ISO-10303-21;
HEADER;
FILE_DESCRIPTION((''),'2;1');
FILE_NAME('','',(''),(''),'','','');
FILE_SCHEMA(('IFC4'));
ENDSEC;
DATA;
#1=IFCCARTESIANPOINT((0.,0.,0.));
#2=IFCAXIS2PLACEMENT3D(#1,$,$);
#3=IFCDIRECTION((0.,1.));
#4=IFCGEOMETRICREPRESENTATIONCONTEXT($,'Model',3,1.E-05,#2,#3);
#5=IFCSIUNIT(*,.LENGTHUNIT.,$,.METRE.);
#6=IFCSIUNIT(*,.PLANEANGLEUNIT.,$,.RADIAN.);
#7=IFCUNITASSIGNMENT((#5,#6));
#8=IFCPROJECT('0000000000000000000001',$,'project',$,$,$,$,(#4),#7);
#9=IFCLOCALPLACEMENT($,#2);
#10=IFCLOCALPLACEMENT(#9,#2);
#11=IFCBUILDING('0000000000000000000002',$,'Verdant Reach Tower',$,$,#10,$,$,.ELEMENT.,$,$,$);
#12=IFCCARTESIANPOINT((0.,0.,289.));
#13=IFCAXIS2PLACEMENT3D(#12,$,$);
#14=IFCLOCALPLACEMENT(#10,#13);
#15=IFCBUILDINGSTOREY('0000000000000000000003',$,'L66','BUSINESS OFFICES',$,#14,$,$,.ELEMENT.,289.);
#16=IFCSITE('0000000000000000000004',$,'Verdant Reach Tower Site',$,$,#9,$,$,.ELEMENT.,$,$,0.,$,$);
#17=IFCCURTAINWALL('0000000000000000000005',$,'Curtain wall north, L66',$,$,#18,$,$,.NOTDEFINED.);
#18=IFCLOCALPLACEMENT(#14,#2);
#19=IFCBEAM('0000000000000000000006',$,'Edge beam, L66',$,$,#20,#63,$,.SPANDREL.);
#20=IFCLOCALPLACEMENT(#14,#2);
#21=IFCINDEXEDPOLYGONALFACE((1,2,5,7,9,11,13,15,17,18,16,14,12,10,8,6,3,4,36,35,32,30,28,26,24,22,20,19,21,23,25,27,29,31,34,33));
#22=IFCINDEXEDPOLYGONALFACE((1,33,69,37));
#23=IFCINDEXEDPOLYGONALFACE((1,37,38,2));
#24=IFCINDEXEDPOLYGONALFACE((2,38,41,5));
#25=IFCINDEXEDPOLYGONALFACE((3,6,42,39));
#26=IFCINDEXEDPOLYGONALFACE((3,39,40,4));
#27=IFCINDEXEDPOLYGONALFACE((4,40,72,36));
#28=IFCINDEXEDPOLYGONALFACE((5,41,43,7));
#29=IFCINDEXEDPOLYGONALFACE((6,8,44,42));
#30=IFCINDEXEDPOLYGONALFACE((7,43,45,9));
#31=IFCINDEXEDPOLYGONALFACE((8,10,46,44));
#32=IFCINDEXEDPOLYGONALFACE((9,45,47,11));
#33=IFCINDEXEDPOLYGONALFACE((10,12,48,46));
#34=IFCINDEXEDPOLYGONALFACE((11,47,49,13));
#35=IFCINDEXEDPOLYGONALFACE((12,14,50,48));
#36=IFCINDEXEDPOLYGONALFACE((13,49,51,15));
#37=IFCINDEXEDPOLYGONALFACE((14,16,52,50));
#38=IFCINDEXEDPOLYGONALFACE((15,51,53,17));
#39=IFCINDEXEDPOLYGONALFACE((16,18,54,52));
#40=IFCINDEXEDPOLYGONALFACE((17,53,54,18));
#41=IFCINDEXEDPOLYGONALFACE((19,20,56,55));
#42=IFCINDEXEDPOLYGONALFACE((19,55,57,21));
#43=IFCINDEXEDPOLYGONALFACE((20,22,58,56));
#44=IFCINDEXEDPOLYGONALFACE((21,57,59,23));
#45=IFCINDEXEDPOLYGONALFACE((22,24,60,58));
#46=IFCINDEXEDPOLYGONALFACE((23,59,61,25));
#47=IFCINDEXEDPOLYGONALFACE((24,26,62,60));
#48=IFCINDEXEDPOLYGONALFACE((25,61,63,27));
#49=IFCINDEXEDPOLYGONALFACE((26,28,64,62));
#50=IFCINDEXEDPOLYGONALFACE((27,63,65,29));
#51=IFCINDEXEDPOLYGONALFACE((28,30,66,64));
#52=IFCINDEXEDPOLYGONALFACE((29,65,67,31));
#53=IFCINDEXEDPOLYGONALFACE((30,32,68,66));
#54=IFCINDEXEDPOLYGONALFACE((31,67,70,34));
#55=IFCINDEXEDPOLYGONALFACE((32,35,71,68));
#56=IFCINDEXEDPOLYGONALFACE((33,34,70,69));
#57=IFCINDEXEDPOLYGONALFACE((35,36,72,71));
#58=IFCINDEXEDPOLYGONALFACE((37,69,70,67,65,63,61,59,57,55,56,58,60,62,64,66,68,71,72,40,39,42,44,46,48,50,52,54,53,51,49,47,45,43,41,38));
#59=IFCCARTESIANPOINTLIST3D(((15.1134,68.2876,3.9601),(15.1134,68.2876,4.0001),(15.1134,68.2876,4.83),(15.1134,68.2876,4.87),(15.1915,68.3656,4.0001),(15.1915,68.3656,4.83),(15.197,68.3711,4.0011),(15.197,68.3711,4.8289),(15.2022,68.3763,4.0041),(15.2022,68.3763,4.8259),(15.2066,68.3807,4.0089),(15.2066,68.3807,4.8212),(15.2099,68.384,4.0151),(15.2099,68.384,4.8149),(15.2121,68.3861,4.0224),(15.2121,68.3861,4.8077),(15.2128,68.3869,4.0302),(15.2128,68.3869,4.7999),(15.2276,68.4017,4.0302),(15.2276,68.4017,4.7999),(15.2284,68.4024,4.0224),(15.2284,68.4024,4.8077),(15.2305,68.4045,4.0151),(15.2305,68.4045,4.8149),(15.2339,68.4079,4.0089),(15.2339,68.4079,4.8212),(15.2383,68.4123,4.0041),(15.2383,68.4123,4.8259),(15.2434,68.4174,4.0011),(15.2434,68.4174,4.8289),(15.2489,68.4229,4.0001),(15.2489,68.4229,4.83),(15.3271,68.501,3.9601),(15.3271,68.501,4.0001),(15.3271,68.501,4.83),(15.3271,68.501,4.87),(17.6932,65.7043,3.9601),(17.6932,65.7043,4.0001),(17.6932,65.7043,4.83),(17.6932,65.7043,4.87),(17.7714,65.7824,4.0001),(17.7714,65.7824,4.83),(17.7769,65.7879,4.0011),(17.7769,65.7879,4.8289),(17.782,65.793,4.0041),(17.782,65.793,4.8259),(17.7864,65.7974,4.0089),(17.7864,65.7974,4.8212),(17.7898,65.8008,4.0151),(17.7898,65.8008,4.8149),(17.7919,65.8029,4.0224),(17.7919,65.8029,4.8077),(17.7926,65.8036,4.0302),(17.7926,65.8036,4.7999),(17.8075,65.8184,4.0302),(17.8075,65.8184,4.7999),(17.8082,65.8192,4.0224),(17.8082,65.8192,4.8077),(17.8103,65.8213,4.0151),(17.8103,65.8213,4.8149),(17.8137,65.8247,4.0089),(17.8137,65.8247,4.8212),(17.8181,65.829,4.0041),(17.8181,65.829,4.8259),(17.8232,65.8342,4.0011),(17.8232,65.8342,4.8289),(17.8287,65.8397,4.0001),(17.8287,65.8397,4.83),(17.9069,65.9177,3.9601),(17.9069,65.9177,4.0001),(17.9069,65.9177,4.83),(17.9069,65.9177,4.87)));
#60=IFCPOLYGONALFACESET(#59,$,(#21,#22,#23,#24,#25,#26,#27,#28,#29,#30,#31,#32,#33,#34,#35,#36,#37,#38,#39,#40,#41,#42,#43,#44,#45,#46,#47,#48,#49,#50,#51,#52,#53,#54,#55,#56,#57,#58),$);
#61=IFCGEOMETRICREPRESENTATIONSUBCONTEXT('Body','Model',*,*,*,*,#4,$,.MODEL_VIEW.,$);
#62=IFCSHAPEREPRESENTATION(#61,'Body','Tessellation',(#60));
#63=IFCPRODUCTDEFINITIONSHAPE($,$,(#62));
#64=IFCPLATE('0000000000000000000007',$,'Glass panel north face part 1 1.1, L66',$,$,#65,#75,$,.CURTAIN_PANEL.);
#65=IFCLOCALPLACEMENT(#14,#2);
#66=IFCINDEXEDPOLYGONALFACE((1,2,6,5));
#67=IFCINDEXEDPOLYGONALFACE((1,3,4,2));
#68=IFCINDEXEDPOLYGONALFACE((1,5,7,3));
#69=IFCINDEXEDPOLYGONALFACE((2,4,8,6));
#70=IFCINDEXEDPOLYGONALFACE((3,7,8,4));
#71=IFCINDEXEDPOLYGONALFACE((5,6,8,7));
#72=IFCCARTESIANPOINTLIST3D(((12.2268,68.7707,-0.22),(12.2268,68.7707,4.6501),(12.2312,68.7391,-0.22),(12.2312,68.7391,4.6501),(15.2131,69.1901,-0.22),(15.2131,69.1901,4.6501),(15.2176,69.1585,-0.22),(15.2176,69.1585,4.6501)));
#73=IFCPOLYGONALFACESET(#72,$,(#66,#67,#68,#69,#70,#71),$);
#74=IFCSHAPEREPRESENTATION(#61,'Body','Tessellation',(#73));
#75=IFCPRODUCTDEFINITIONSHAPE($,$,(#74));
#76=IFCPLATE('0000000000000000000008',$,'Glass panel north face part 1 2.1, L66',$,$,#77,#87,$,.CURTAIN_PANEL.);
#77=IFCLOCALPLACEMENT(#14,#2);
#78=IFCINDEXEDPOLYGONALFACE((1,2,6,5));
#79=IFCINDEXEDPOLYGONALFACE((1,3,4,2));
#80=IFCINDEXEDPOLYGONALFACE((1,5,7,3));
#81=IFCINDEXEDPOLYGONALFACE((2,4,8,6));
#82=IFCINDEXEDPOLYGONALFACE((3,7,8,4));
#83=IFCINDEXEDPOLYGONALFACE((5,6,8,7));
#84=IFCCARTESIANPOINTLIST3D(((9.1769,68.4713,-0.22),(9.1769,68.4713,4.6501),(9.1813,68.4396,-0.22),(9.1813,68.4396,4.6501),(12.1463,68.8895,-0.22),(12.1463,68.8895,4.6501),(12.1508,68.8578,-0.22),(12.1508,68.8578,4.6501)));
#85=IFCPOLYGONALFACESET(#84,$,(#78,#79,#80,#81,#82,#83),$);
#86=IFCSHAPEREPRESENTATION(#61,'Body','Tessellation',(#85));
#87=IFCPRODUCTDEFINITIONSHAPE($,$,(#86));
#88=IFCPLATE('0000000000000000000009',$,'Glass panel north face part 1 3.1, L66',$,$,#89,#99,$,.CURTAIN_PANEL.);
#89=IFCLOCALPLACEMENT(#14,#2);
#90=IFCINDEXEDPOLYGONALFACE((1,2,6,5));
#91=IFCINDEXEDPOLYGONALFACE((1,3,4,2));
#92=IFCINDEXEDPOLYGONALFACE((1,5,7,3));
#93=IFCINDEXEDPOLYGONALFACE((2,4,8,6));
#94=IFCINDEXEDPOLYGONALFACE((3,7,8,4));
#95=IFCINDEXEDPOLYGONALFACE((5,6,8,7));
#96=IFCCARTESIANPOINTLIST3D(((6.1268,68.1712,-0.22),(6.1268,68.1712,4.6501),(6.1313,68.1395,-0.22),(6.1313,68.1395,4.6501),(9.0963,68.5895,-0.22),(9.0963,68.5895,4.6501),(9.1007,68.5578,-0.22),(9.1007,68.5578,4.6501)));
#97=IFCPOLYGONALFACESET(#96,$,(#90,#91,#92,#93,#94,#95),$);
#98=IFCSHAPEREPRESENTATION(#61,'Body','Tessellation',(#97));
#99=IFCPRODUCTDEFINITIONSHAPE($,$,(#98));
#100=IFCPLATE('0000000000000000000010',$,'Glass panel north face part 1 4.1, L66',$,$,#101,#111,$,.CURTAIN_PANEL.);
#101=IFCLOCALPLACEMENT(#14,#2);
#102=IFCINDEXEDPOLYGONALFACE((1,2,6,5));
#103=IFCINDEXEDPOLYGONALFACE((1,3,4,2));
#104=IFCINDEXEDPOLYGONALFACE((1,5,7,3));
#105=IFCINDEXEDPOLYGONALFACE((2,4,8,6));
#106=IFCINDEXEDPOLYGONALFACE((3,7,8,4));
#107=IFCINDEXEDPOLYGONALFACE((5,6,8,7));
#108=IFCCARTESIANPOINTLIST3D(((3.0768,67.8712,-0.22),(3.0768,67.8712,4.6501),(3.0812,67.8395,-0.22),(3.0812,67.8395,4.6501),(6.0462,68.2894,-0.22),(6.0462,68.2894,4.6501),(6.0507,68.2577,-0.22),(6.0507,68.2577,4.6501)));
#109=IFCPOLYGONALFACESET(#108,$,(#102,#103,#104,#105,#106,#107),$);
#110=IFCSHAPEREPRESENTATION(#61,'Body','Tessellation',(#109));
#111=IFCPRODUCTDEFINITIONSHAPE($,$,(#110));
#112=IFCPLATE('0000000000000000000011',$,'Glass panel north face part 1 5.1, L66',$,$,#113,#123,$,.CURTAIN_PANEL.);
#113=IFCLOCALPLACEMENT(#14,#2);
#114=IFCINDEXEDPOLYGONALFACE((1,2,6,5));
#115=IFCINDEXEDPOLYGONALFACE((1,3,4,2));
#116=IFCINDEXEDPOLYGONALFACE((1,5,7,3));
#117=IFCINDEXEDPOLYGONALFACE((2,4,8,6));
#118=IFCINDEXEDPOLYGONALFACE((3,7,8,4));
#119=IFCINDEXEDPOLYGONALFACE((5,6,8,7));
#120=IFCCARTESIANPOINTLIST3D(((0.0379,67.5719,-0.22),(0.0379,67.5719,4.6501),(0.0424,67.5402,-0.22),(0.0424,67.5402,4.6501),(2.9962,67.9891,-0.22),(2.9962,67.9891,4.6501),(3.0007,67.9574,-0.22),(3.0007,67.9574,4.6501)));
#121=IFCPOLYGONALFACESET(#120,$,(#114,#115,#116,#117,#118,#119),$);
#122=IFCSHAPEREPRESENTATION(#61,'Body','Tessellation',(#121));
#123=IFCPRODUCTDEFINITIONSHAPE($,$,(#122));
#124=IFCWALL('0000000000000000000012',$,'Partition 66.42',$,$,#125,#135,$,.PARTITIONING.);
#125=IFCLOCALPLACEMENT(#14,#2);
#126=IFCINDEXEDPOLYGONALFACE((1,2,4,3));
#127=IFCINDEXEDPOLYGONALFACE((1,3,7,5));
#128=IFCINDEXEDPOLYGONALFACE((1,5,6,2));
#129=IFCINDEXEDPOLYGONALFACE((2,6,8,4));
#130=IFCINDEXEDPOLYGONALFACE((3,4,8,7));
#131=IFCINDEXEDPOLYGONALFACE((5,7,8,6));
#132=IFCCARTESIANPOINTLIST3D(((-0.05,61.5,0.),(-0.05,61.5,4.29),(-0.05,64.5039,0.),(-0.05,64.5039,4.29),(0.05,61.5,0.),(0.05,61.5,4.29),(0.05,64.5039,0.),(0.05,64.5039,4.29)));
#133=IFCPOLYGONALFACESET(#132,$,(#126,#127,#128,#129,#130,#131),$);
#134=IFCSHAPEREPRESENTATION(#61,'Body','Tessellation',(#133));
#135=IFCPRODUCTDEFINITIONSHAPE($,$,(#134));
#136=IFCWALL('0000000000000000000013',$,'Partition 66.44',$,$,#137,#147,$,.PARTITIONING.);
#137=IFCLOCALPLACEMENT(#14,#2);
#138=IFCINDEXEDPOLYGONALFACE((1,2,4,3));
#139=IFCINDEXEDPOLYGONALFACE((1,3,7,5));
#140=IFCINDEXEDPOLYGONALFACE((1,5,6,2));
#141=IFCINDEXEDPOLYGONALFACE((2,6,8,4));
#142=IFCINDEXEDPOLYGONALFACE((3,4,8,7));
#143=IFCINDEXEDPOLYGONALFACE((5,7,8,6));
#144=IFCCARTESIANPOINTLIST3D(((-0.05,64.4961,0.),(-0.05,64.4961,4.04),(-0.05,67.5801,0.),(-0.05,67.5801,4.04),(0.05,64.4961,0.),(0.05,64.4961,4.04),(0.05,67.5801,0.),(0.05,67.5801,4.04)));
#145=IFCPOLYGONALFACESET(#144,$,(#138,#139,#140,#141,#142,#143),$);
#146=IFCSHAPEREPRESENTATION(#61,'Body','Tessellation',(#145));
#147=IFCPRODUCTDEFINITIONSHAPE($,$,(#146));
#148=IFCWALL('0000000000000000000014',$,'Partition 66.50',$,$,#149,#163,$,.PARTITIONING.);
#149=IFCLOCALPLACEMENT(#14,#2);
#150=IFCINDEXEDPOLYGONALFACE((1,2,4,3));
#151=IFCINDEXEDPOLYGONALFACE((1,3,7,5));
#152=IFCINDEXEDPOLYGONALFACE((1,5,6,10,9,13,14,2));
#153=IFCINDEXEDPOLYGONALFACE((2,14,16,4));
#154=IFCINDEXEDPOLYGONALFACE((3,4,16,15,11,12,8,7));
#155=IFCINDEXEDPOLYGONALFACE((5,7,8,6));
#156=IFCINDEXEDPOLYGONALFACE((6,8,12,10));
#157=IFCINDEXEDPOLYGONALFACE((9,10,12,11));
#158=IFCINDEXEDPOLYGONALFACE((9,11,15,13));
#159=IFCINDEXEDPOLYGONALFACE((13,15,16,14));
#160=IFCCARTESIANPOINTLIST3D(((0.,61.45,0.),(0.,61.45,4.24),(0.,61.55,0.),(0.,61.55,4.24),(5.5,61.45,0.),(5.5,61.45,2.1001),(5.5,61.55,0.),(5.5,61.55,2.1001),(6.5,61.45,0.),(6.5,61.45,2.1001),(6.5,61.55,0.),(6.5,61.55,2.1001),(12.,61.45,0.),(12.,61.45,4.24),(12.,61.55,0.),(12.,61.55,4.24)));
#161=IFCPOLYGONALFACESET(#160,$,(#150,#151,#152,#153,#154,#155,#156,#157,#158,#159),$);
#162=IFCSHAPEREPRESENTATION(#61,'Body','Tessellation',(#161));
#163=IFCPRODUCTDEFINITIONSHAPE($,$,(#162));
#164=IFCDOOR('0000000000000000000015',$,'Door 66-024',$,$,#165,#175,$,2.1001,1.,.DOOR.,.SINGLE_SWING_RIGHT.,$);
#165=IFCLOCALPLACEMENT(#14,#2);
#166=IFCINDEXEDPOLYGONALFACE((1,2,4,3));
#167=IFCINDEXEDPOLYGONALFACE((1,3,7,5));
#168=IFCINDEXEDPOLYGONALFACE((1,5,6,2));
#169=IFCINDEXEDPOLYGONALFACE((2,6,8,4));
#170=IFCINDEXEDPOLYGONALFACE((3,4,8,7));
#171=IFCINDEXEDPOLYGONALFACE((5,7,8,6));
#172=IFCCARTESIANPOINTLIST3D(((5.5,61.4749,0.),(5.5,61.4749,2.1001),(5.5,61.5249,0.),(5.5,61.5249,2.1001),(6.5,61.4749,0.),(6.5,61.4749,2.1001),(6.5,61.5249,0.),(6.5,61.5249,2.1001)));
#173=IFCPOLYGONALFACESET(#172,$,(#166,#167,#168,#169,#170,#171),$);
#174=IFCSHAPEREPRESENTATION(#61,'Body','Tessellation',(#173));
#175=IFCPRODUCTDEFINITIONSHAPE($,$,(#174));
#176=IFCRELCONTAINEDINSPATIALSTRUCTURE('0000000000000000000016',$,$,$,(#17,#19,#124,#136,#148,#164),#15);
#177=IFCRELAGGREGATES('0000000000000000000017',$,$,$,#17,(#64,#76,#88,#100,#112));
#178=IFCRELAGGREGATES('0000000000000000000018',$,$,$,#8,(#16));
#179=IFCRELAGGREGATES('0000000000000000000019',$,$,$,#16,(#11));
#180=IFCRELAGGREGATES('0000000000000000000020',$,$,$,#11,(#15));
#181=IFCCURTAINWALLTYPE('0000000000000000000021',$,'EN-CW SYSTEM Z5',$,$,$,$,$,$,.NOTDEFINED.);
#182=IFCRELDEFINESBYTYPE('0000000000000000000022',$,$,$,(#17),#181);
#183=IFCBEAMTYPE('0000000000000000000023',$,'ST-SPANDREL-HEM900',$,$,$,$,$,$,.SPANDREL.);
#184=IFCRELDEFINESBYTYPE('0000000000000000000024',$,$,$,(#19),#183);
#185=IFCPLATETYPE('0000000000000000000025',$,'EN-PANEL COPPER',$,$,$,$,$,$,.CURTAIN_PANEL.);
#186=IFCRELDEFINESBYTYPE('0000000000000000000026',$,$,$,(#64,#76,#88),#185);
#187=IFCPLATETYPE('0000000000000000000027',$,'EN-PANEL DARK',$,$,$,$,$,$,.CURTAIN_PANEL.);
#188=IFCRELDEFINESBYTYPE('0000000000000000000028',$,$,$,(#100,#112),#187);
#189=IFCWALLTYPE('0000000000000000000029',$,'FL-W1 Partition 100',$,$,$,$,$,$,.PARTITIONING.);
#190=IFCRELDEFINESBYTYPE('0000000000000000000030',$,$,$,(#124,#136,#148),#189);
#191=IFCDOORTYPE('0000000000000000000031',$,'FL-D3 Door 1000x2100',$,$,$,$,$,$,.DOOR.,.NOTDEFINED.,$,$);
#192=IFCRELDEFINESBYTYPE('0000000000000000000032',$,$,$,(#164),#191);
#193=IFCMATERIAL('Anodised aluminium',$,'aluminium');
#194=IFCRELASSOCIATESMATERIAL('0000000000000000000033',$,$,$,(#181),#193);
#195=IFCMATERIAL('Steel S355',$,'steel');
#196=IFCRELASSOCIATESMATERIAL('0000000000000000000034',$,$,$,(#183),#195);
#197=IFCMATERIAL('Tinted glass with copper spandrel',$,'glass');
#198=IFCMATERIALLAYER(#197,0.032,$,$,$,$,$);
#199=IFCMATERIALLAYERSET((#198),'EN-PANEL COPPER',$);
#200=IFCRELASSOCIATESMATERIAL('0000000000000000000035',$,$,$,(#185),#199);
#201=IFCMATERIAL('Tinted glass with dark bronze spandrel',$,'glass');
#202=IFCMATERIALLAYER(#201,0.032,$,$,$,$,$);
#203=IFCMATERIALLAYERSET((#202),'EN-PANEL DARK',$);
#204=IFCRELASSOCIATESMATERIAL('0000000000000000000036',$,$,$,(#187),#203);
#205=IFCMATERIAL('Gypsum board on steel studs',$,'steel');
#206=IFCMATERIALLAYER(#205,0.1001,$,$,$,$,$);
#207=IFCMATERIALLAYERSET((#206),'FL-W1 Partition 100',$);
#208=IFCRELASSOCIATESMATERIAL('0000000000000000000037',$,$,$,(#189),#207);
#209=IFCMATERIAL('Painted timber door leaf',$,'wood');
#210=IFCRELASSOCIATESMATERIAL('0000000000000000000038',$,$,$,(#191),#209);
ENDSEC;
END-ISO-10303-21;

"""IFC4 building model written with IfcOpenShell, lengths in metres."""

from ifc_helpers import new_model, si_unit, direction, frame, frame_2d, origin, origin_2d, place, context, subcontext, project, spatial, rectangle, i_section, extrude, material, layer, layer_set, material_profile, profile_set, type_object, element, fill, aggregate, save


model = new_model("IFC4")

# Units and contexts
model_context = context("Model", 3, precision=1e-05, world=origin(), true_north=direction((0.0, 1.0)))
body_context = subcontext(model_context, "Body", "Model", "MODEL_VIEW")
ifc_project = project(units=[si_unit("LENGTHUNIT", "METRE"), si_unit("PLANEANGLEUNIT", "RADIAN")], contexts=[model_context])

# Site, building, storey
site_placement = place(None, origin())
site = spatial("IfcSite", under=ifc_project, at=site_placement, Name="Verdant Reach Tower Site", CompositionType="ELEMENT", RefElevation=0.0)
building_placement = place(site_placement, origin())
building = spatial("IfcBuilding", under=site, at=building_placement, Name="Verdant Reach Tower", CompositionType="ELEMENT")
storey_placement = place(building_placement, frame((0.0, 0.0, 289.0)))
storey = spatial("IfcBuildingStorey", under=building, at=storey_placement, Name="L66", Description="BUSINESS OFFICES", CompositionType="ELEMENT", Elevation=289.0)

# Curtain wall
ifc_material_1 = material(Name="Anodised aluminium", Category="aluminium")
curtain_wall_type = type_object("IfcCurtainWallType", Name="EN-CW SYSTEM Z5", PredefinedType="NOTDEFINED", material=ifc_material_1)
curtain_wall_placement = place(storey_placement, origin())
curtain_wall = element("IfcCurtainWall", 1, at=curtain_wall_placement, inside=storey, type_object=curtain_wall_type, Name="Curtain wall north, L66", PredefinedType="NOTDEFINED")

# Beam
ifc_material_2 = material(Name="Steel S355", Category="steel")
ifc_material_profile_1 = material_profile(ifc_material_2, i_section(OverallWidth=0.302, OverallDepth=0.9099, WebThickness=0.021, FlangeThickness=0.04, FilletRadius=0.03, at=origin_2d()), Name="HEM 900")
ifc_profile_set_1 = profile_set([ifc_material_profile_1], Name="Steel S355")
beam_type_1 = type_object("IfcBeamType", Name="ST-SPANDREL-HEM900", PredefinedType="SPANDREL", material=ifc_profile_set_1)
beam_1_placement = place(storey_placement, frame((15.2202, 68.3943, 4.415), z_axis=(0.706639, -0.707575, 0.0), x_axis=(0.707575, 0.706639, 0.0)))
element("IfcBeam", 2, at=beam_1_placement, inside=storey, type_object=beam_type_1, Name="Edge beam, L66", PredefinedType="SPANDREL", context=body_context, shape_type="SweptSolid", body=[
    extrude(i_section(OverallWidth=0.302, OverallDepth=0.9099, WebThickness=0.021, FlangeThickness=0.04, FilletRadius=0.03, at=origin_2d()), origin(), (0.0, 0.0, 1.0), 3.6509),
])

# Plates
ifc_material_3 = material(Name="Tinted glass with copper spandrel", Category="glass")
ifc_layer_1 = layer(ifc_material_3, 0.032)
ifc_layer_set_1 = layer_set([ifc_layer_1], Name="EN-PANEL COPPER")
plate_type_1 = type_object("IfcPlateType", Name="EN-PANEL COPPER", PredefinedType="CURTAIN_PANEL", material=ifc_layer_set_1)
plate_1_placement = place(storey_placement, frame((13.7222, 68.9646, -0.22), z_axis=(0.0, 0.0, 1.0), x_axis=(-0.990282, -0.139077, 0.0)))
plate_1 = element("IfcPlate", 3, at=plate_1_placement, type_object=plate_type_1, Name="Glass panel north face part 1 1.1, L66", PredefinedType="CURTAIN_PANEL", context=body_context, shape_type="SweptSolid", body=[
    extrude(rectangle(XDim=3.0156, YDim=0.032, at=origin_2d()), origin(), (0.0, 0.0, 1.0), 4.8701),
])
plate_2_placement = place(storey_placement, frame((10.6638, 68.6646, -0.22), z_axis=(0.0, 0.0, 1.0), x_axis=(-0.990225, -0.139477, 0.0)))
plate_2 = element("IfcPlate", 4, at=plate_2_placement, type_object=plate_type_1, Name="Glass panel north face part 1 2.1, L66", PredefinedType="CURTAIN_PANEL", context=body_context, shape_type="SweptSolid", body=[
    extrude(rectangle(XDim=2.9988, YDim=0.032, at=origin_2d()), origin(), (0.0, 0.0, 1.0), 4.8701),
])
plate_3_placement = place(storey_placement, frame((7.6138, 68.3645, -0.22), z_axis=(0.0, 0.0, 1.0), x_axis=(-0.990225, -0.139477, 0.0)))
plate_3 = element("IfcPlate", 5, at=plate_3_placement, type_object=plate_type_1, Name="Glass panel north face part 1 3.1, L66", PredefinedType="CURTAIN_PANEL", context=body_context, shape_type="SweptSolid", body=[
    extrude(rectangle(XDim=2.9988, YDim=0.032, at=origin_2d()), origin(), (0.0, 0.0, 1.0), 4.8701),
])
ifc_material_4 = material(Name="Tinted glass with dark bronze spandrel", Category="glass")
ifc_layer_2 = layer(ifc_material_4, 0.032)
ifc_layer_set_2 = layer_set([ifc_layer_2], Name="EN-PANEL DARK")
plate_type_2 = type_object("IfcPlateType", Name="EN-PANEL DARK", PredefinedType="CURTAIN_PANEL", material=ifc_layer_set_2)
plate_4_placement = place(storey_placement, frame((4.5637, 68.0645, -0.22), z_axis=(0.0, 0.0, 1.0), x_axis=(-0.990225, -0.139477, 0.0)))
plate_4 = element("IfcPlate", 6, at=plate_4_placement, type_object=plate_type_2, Name="Glass panel north face part 1 4.1, L66", PredefinedType="CURTAIN_PANEL", context=body_context, shape_type="SweptSolid", body=[
    extrude(rectangle(XDim=2.9988, YDim=0.032, at=origin_2d()), origin(), (0.0, 0.0, 1.0), 4.8701),
])
plate_5_placement = place(storey_placement, frame((1.5193, 67.7646, -0.22), z_axis=(0.0, 0.0, 1.0), x_axis=(-0.9902, -0.139656, 0.0)))
plate_5 = element("IfcPlate", 7, at=plate_5_placement, type_object=plate_type_2, Name="Glass panel north face part 1 5.1, L66", PredefinedType="CURTAIN_PANEL", context=body_context, shape_type="SweptSolid", body=[
    extrude(rectangle(XDim=2.9875, YDim=0.032, at=origin_2d()), origin(), (0.0, 0.0, 1.0), 4.8701),
])
aggregate(curtain_wall, [plate_1, plate_2, plate_3, plate_4, plate_5])

# Walls
ifc_material_5 = material(Name="Gypsum board on steel studs", Category="steel")
ifc_layer_3 = layer(ifc_material_5, 0.1001)
ifc_layer_set_3 = layer_set([ifc_layer_3], Name="FL-W1 Partition 100")
wall_type = type_object("IfcWallType", Name="FL-W1 Partition 100", PredefinedType="PARTITIONING", material=ifc_layer_set_3)
wall_1_placement = place(storey_placement, frame((0.0, 61.5, 0.0), z_axis=(0.0, 0.0, 1.0), x_axis=(0.0, 1.0, 0.0)))
element("IfcWall", 8, at=wall_1_placement, inside=storey, type_object=wall_type, Name="Partition 66.42", PredefinedType="PARTITIONING", context=body_context, shape_type="SweptSolid", body=[
    extrude(rectangle(XDim=3.0039, YDim=0.1001, at=frame_2d((1.502, 0.0))), origin(), (0.0, 0.0, 1.0), 4.29),
])
wall_2_placement = place(storey_placement, frame((0.0, 64.4961, 0.0), z_axis=(0.0, 0.0, 1.0), x_axis=(0.0, 1.0, 0.0)))
element("IfcWall", 9, at=wall_2_placement, inside=storey, type_object=wall_type, Name="Partition 66.44", PredefinedType="PARTITIONING", context=body_context, shape_type="SweptSolid", body=[
    extrude(rectangle(XDim=3.084, YDim=0.1001, at=frame_2d((1.542, 0.0))), origin(), (0.0, 0.0, 1.0), 4.04),
])

# Wall, opening, door
wall_3_placement = place(storey_placement, frame((0.0, 61.5, 0.0), z_axis=(0.0, 0.0, 1.0), x_axis=(1.0, 0.0, 0.0)))
wall_3 = element("IfcWall", 10, at=wall_3_placement, inside=storey, type_object=wall_type, Name="Partition 66.50", PredefinedType="PARTITIONING", context=body_context, shape_type="SweptSolid", body=[
    extrude(rectangle(XDim=12.0, YDim=0.1001, at=frame_2d((6.0, 0.0))), origin(), (0.0, 0.0, 1.0), 4.24),
])
opening_1_placement = place(wall_3_placement, frame((5.5, 0.0, 0.0)))
opening_1 = element("IfcOpeningElement", 11, at=opening_1_placement, cuts=wall_3, PredefinedType="OPENING", context=body_context, shape_type="SweptSolid", body=[
    extrude(rectangle(XDim=1.0, YDim=2.1001, at=frame_2d((0.5, 1.05))), frame((0.0, 0.0601, 0.0), z_axis=(0.0, -1.0, 0.0), x_axis=(1.0, 0.0, 0.0)), (0.0, 0.0, 1.0), 0.1201),
])
ifc_material_6 = material(Name="Painted timber door leaf", Category="wood")
door_type = type_object("IfcDoorType", Name="FL-D3 Door 1000x2100", OperationType="NOTDEFINED", PredefinedType="DOOR", material=ifc_material_6)
door_1_placement = place(opening_1_placement, origin())
door_1 = element("IfcDoor", 12, at=door_1_placement, inside=storey, type_object=door_type, Name="Door 66-024", OperationType="SINGLE_SWING_RIGHT", OverallHeight=2.1001, OverallWidth=1.0, PredefinedType="DOOR", context=body_context, shape_type="SweptSolid", body=[
    extrude(rectangle(XDim=1.0, YDim=2.1001, at=frame_2d((0.5, 1.05))), frame((0.0, 0.0249, 0.0), z_axis=(0.0, -1.0, 0.0), x_axis=(1.0, 0.0, 0.0)), (0.0, 0.0, 1.0), 0.05),
])
fill(opening_1, door_1)

save(model, "model.ifc")
